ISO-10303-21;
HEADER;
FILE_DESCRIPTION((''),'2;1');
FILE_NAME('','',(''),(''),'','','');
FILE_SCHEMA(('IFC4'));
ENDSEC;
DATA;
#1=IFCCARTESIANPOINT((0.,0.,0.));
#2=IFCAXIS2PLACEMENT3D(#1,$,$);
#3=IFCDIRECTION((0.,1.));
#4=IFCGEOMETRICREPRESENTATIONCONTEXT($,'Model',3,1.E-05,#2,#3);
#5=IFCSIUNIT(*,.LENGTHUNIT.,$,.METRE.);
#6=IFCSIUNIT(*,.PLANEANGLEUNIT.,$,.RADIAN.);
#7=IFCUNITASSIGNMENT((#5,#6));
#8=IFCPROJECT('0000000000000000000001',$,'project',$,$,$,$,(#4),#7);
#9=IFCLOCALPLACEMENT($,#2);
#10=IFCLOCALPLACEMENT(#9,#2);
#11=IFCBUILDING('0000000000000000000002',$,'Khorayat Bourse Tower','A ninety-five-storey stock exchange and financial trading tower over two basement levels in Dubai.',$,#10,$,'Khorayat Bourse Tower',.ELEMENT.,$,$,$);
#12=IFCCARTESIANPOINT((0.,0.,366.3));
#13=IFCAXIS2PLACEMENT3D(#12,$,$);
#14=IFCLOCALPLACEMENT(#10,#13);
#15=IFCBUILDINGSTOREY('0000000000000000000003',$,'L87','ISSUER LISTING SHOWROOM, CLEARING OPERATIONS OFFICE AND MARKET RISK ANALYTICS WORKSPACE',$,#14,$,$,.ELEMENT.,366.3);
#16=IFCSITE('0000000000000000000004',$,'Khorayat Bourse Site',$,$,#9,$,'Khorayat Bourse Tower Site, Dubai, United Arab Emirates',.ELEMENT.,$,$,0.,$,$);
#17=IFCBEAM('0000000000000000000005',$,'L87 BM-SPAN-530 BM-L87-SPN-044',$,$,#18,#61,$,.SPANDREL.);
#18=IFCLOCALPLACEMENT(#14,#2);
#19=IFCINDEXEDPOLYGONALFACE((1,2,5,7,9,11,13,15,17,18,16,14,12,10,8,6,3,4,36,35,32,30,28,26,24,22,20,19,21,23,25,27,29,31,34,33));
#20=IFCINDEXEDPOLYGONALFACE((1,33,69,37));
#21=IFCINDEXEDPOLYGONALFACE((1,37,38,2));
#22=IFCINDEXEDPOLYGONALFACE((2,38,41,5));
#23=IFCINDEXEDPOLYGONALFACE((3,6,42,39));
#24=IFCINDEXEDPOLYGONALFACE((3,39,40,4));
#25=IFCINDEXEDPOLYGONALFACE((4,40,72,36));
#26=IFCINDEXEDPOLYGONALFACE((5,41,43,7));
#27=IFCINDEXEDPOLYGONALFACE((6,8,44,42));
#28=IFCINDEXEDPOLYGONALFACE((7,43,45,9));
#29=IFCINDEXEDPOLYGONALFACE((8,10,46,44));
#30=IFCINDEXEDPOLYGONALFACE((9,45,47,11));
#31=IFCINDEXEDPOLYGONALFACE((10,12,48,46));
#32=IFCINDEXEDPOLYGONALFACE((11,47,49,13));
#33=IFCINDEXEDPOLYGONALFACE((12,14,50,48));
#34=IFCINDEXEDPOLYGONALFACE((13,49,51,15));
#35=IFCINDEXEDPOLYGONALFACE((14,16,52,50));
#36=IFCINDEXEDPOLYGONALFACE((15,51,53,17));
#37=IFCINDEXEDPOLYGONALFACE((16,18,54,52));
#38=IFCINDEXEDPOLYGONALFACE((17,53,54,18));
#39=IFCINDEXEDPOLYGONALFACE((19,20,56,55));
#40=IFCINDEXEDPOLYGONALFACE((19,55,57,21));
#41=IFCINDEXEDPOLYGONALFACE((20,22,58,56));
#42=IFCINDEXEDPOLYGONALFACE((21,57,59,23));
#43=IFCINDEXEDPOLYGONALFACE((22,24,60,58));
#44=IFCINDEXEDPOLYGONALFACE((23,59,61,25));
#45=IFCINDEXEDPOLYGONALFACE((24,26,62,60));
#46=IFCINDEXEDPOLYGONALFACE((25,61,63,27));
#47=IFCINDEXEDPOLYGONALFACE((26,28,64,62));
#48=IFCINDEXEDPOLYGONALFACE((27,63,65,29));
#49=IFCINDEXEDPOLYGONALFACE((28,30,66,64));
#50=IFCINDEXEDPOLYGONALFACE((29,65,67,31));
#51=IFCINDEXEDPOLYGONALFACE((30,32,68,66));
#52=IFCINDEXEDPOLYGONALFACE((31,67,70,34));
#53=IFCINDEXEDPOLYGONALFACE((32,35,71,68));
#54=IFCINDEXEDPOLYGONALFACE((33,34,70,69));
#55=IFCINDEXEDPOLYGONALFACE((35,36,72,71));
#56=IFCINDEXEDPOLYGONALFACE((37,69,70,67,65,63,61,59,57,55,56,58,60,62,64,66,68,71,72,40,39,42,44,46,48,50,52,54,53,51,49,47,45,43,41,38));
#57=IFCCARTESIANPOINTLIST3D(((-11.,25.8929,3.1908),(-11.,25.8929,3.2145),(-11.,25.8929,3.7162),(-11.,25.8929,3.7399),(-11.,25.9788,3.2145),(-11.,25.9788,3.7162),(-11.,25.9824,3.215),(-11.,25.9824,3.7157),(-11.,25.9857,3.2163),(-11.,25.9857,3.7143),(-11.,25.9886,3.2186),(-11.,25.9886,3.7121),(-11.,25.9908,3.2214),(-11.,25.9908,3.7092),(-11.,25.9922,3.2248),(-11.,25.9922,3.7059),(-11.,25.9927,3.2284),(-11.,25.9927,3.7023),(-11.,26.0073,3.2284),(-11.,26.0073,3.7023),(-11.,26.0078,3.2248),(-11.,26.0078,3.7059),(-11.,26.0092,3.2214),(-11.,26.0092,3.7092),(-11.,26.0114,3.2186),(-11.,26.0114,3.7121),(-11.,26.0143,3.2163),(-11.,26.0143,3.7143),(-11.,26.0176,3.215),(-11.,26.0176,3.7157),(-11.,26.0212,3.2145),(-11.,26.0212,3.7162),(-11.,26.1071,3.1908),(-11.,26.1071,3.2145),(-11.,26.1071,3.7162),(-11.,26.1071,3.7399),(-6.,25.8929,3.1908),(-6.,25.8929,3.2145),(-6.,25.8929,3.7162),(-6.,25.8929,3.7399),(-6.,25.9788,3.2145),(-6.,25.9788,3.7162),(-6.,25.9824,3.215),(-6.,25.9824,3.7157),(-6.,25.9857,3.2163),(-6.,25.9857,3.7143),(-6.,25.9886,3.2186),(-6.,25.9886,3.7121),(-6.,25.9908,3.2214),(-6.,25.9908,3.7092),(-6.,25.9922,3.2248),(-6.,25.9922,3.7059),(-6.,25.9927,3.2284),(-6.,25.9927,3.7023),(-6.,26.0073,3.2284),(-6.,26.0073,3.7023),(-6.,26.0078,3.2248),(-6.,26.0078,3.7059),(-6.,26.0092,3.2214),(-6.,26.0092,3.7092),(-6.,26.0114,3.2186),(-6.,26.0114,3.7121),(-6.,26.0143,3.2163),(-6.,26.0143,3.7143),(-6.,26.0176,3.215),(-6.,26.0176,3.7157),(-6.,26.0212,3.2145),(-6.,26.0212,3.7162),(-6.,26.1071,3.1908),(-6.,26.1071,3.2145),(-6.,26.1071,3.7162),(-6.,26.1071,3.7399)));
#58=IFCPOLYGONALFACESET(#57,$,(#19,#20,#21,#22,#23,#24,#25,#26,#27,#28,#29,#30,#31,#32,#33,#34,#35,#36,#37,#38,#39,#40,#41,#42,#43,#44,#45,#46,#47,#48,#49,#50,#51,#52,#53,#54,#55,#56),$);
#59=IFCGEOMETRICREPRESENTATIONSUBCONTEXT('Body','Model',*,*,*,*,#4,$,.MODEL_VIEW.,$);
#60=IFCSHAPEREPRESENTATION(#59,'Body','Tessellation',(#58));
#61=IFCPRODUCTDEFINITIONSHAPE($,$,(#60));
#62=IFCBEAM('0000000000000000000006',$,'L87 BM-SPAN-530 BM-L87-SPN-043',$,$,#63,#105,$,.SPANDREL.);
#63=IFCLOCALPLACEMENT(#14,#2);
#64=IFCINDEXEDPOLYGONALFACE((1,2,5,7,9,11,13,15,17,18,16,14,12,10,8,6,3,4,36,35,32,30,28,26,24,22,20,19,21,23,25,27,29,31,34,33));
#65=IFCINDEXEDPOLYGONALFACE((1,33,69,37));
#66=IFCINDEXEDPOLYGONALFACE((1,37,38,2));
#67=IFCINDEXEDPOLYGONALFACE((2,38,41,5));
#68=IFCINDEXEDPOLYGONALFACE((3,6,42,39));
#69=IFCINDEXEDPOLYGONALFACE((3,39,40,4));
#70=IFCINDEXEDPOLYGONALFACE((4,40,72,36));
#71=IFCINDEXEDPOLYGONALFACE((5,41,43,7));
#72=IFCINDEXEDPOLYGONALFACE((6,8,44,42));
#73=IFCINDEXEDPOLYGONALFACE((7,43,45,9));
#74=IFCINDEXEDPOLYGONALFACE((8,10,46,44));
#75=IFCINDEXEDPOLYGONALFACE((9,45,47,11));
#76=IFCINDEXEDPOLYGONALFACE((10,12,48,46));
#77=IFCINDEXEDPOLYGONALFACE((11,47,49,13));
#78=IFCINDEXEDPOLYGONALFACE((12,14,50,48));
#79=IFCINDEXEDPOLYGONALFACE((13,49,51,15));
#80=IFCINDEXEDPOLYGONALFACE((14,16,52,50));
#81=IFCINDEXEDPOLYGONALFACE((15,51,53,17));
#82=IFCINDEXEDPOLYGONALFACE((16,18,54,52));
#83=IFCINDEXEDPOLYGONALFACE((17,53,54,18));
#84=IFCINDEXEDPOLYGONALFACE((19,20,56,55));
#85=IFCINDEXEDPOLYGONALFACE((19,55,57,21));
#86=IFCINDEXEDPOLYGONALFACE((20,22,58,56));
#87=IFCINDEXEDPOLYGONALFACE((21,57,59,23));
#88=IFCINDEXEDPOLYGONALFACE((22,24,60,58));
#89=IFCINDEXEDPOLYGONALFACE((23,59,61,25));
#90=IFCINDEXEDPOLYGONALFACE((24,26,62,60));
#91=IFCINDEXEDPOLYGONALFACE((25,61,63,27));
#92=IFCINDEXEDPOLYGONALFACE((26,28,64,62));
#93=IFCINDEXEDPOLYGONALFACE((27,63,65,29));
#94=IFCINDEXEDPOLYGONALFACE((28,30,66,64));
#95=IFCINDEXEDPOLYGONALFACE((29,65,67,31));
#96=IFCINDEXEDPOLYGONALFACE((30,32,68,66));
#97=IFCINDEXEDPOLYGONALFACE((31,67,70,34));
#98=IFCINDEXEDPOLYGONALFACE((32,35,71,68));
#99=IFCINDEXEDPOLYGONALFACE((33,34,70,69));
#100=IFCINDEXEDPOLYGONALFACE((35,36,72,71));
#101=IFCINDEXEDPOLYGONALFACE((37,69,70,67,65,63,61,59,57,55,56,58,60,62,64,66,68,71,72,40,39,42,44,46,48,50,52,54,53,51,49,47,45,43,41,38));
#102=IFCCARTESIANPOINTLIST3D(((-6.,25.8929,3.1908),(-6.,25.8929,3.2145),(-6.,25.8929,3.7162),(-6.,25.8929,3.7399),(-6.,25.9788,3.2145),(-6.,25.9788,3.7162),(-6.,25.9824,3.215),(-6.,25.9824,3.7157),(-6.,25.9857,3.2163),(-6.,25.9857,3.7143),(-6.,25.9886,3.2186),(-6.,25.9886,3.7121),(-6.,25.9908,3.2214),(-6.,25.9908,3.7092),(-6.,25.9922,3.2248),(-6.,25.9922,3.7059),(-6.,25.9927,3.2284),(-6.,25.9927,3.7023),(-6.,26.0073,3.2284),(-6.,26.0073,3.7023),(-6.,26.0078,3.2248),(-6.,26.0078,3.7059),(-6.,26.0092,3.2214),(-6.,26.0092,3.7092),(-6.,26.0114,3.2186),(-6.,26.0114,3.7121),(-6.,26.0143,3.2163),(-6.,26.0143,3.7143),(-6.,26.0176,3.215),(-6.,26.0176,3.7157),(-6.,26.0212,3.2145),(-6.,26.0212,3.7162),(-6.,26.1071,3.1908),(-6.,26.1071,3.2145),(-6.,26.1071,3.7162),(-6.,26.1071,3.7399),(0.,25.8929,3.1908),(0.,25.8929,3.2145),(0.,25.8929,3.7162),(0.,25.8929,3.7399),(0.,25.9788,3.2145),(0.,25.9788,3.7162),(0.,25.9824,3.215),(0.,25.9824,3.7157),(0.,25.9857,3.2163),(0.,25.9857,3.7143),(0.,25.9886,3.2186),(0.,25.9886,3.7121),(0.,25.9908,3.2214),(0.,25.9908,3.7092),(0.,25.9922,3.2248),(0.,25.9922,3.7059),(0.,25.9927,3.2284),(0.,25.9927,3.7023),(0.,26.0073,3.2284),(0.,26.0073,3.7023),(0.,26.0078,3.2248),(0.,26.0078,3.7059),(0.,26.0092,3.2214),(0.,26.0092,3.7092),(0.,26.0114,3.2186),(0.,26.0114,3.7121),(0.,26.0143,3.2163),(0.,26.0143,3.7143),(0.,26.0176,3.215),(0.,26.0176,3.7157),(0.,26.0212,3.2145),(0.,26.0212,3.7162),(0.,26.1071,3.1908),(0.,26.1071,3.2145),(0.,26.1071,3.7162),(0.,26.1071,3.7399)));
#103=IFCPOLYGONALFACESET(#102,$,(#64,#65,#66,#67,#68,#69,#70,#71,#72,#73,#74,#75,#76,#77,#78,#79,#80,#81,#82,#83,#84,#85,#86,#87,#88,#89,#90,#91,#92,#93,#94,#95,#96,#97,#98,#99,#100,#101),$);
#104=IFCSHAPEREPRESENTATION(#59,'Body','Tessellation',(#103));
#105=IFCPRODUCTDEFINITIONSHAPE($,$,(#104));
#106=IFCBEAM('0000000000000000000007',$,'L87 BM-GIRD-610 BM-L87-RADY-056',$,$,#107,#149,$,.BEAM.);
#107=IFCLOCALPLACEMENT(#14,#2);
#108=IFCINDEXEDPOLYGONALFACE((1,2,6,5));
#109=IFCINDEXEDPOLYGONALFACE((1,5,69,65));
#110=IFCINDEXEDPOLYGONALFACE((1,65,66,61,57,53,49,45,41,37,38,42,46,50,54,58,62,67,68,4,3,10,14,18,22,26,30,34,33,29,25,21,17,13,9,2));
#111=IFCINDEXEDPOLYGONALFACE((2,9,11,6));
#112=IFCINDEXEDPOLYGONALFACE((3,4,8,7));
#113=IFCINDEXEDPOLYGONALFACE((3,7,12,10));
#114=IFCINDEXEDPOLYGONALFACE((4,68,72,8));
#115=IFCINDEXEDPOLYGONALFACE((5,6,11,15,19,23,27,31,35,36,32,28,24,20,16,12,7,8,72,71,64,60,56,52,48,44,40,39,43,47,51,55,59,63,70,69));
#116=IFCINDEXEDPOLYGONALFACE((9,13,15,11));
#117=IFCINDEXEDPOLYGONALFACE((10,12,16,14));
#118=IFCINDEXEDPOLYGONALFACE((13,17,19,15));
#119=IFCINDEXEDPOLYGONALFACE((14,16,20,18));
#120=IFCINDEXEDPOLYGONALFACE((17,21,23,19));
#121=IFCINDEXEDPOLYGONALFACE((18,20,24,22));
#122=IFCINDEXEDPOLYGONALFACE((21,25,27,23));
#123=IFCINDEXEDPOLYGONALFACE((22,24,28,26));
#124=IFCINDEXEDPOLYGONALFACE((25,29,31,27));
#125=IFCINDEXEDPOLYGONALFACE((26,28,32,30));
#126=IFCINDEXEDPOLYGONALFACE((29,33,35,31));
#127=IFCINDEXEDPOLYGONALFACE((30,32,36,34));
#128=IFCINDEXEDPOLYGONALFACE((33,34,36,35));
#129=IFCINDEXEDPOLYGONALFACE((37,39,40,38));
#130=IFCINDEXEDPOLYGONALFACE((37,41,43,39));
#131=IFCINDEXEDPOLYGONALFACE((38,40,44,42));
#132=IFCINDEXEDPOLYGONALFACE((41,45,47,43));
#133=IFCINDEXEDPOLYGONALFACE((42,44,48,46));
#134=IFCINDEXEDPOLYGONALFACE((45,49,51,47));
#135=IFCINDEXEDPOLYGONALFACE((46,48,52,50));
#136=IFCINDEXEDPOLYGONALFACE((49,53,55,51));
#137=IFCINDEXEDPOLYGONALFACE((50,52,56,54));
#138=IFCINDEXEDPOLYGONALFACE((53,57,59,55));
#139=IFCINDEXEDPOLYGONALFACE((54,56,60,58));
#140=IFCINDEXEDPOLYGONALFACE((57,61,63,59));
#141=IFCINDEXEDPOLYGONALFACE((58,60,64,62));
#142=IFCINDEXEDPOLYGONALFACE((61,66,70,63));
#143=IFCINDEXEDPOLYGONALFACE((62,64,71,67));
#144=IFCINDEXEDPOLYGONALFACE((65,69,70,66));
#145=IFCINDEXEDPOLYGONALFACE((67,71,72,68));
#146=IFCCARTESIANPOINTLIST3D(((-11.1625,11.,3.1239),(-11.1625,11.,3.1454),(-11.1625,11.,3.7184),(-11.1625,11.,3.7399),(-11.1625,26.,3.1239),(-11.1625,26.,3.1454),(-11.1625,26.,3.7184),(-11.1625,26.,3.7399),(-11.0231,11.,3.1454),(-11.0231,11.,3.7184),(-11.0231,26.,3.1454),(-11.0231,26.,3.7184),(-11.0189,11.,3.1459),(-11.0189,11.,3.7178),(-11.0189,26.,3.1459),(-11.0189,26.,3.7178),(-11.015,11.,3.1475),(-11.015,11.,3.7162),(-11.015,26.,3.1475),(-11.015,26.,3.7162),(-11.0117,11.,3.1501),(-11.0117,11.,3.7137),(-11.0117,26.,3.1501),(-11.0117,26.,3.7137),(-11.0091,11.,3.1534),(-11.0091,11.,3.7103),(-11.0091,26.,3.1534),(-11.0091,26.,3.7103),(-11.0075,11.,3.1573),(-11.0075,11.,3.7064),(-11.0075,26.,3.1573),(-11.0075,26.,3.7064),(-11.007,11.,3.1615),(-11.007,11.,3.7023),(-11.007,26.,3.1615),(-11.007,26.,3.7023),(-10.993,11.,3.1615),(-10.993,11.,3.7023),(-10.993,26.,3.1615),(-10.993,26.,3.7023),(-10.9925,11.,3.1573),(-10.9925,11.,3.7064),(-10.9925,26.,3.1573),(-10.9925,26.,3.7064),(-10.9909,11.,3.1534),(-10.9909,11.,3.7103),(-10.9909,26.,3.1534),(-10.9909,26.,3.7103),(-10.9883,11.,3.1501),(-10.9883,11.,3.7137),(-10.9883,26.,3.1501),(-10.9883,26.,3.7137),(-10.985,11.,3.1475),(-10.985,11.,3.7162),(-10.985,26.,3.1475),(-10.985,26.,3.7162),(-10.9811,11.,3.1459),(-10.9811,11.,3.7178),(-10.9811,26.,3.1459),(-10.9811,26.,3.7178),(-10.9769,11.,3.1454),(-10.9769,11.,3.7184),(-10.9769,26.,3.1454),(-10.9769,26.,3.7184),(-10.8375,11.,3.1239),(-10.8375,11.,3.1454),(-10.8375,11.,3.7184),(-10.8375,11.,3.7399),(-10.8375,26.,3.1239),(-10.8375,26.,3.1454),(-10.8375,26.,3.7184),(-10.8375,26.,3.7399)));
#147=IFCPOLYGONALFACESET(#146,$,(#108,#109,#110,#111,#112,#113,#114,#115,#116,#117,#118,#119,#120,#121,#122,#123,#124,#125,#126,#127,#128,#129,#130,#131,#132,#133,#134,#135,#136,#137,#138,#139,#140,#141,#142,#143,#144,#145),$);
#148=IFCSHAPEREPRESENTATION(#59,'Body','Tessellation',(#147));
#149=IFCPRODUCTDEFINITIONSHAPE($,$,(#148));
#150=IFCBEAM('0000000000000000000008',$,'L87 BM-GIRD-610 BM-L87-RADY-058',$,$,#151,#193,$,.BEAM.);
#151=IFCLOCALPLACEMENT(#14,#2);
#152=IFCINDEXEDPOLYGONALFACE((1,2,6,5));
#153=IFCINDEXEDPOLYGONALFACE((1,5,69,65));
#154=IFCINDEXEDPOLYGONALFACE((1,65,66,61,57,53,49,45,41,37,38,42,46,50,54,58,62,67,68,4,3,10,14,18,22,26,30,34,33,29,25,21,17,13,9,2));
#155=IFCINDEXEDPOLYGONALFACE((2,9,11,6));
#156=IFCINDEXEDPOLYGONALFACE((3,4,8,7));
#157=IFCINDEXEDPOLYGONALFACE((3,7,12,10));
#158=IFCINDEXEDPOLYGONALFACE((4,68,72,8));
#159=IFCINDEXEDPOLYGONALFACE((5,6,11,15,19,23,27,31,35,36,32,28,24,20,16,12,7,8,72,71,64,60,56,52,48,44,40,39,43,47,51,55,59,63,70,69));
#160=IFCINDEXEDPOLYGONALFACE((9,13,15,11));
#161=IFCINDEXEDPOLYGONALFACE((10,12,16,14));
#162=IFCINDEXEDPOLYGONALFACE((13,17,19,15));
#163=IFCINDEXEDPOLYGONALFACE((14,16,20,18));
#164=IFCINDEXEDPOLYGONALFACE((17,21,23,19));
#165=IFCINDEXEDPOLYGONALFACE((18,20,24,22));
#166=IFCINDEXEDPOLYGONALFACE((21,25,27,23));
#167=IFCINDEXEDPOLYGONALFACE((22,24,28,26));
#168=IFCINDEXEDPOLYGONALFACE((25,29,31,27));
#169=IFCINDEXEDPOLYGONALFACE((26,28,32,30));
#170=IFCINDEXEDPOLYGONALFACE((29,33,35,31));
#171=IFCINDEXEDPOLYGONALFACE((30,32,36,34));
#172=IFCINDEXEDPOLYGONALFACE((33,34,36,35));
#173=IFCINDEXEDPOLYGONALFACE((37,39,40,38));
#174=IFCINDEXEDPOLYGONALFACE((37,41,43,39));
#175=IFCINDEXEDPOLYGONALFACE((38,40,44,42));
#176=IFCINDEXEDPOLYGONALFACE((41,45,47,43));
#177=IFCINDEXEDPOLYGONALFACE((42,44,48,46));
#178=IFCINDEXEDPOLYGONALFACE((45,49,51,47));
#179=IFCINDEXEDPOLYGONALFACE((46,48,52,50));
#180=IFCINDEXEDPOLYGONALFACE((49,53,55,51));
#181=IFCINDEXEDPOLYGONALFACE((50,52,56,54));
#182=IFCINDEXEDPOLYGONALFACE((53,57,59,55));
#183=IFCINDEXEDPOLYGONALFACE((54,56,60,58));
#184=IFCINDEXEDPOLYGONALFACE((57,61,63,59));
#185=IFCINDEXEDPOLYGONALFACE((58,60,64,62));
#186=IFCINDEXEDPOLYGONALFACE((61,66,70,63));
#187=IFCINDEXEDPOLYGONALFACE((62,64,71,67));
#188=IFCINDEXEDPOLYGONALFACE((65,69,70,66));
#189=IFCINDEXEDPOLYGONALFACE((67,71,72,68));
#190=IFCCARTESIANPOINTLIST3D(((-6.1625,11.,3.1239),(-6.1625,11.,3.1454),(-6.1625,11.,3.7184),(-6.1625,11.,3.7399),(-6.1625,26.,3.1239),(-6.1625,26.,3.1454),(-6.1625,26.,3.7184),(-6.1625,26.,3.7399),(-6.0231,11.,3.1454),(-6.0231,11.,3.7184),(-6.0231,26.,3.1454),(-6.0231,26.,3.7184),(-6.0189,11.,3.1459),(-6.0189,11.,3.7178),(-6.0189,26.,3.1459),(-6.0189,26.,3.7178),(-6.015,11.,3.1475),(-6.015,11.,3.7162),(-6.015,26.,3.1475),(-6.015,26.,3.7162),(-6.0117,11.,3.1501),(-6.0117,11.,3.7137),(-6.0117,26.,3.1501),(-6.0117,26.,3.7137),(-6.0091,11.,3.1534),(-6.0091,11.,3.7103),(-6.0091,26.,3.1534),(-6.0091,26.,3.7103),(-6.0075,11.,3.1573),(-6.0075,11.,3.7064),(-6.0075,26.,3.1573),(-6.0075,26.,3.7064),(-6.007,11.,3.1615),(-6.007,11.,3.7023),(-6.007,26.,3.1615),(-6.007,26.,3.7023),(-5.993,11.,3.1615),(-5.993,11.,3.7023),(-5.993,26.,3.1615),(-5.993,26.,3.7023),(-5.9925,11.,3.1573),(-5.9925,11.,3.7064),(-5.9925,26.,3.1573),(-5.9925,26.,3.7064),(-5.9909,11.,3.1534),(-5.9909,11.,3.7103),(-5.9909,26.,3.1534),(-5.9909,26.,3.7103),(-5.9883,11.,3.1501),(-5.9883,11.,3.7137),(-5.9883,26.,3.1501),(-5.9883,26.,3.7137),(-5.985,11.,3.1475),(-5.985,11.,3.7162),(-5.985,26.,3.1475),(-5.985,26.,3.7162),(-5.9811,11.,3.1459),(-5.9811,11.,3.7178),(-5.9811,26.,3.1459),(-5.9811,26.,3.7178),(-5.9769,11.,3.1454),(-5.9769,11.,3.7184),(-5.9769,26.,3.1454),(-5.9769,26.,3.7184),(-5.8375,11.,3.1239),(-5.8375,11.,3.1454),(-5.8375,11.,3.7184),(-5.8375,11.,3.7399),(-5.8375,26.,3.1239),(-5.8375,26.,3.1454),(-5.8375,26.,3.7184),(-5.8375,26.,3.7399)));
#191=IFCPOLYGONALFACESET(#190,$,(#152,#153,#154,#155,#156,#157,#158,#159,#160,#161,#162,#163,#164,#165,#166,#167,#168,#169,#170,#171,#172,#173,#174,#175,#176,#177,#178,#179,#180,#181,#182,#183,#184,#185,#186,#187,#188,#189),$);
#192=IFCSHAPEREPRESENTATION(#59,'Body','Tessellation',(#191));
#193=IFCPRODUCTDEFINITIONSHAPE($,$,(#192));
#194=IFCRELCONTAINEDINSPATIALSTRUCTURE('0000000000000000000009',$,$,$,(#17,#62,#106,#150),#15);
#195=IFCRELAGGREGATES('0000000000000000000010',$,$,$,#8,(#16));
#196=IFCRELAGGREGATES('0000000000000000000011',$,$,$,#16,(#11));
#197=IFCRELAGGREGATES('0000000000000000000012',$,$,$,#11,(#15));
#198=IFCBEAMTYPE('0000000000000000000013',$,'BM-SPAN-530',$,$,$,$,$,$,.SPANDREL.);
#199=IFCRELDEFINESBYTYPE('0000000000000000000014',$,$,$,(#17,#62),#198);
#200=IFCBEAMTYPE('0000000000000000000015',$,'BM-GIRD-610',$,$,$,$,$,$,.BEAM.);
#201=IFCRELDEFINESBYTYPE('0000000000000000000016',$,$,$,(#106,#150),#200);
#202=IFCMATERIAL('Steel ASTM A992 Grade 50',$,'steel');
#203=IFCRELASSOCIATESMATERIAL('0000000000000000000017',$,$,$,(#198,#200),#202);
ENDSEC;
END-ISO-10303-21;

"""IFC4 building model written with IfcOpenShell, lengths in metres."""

from ifc_helpers import new_model, si_unit, direction, frame, origin, origin_2d, place, context, subcontext, project, spatial, i_section, extrude, source, transform, mapped, material, material_profile, profile_set, type_object, element, save


model = new_model("IFC4")

# Units and contexts
model_context = context("Model", 3, precision=1e-05, world=origin(), true_north=direction((0.0, 1.0)))
body_context = subcontext(model_context, "Body", "Model", "MODEL_VIEW")
ifc_project = project(units=[si_unit("LENGTHUNIT", "METRE"), si_unit("PLANEANGLEUNIT", "RADIAN")], contexts=[model_context])

# Site, building, storey
site_placement = place(None, origin())
site = spatial("IfcSite", under=ifc_project, at=site_placement, Name="Khorayat Bourse Site", LongName="Khorayat Bourse Tower Site, Dubai, United Arab Emirates", CompositionType="ELEMENT", RefElevation=0.0)
building_placement = place(site_placement, origin())
building = spatial("IfcBuilding", under=site, at=building_placement, Name="Khorayat Bourse Tower", Description="A ninety-five-storey stock exchange and financial trading tower over two basement levels in Dubai.", LongName="Khorayat Bourse Tower", CompositionType="ELEMENT")
storey_placement = place(building_placement, frame((0.0, 0.0, 366.3)))
storey = spatial("IfcBuildingStorey", under=building, at=storey_placement, Name="L87", Description="ISSUER LISTING SHOWROOM, CLEARING OPERATIONS OFFICE AND MARKET RISK ANALYTICS WORKSPACE", CompositionType="ELEMENT", Elevation=366.3)

# Beams
ifc_material_1 = material(Name="Steel ASTM A992 Grade 50", Category="steel")
ifc_material_profile_1 = material_profile(ifc_material_1, i_section(OverallWidth=0.2141, OverallDepth=0.5491, WebThickness=0.0146, FlangeThickness=0.0237, FilletRadius=0.0139, at=origin_2d()), Name="W530X138")
ifc_profile_set_1 = profile_set([ifc_material_profile_1], Name="Steel ASTM A992 Grade 50")
beam_type_1 = type_object("IfcBeamType", Name="BM-SPAN-530", PredefinedType="SPANDREL", material=ifc_profile_set_1)
shared_shape_1 = source(origin(), body_context, "Body", "SweptSolid", [
    extrude(i_section(OverallWidth=0.2141, OverallDepth=0.5491, WebThickness=0.0146, FlangeThickness=0.0237, FilletRadius=0.0139, at=origin_2d()), origin(), (0.0, 0.0, 1.0), 5.0),
])
beam_1_placement = place(storey_placement, frame((-11.0, 26.0, 3.4653), z_axis=(1.0, 0.0, 0.0), x_axis=(0.0, 1.0, 0.0)))
element("IfcBeam", 1, at=beam_1_placement, inside=storey, type_object=beam_type_1, Name="L87 BM-SPAN-530 BM-L87-SPN-044", PredefinedType="SPANDREL", context=body_context, shape_type="MappedRepresentation", body=[
    mapped(shared_shape_1, transform((0.0, 0.0, 0.0), scale=1.0)),
])
shared_shape_2 = source(origin(), body_context, "Body", "SweptSolid", [
    extrude(i_section(OverallWidth=0.2141, OverallDepth=0.5491, WebThickness=0.0146, FlangeThickness=0.0237, FilletRadius=0.0139, at=origin_2d()), origin(), (0.0, 0.0, 1.0), 6.0),
])
beam_2_placement = place(storey_placement, frame((-6.0, 26.0, 3.4653), z_axis=(1.0, 0.0, 0.0), x_axis=(0.0, 1.0, 0.0)))
element("IfcBeam", 2, at=beam_2_placement, inside=storey, type_object=beam_type_1, Name="L87 BM-SPAN-530 BM-L87-SPN-043", PredefinedType="SPANDREL", context=body_context, shape_type="MappedRepresentation", body=[
    mapped(shared_shape_2, transform((0.0, 0.0, 0.0), scale=1.0)),
])
ifc_material_profile_2 = material_profile(ifc_material_1, i_section(OverallWidth=0.325, OverallDepth=0.616, WebThickness=0.0139, FlangeThickness=0.0215, FilletRadius=0.0161, at=origin_2d()), Name="W610X174")
ifc_profile_set_2 = profile_set([ifc_material_profile_2], Name="Steel ASTM A992 Grade 50")
beam_type_2 = type_object("IfcBeamType", Name="BM-GIRD-610", PredefinedType="BEAM", material=ifc_profile_set_2)
shared_shape_3 = source(origin(), body_context, "Body", "SweptSolid", [
    extrude(i_section(OverallWidth=0.325, OverallDepth=0.616, WebThickness=0.0139, FlangeThickness=0.0215, FilletRadius=0.0161, at=origin_2d()), origin(), (0.0, 0.0, 1.0), 15.0),
])
for number, where, z_axis, x_axis, name in (
    (3, (-11.0, 11.0, 3.4319), (0.0, 1.0, 0.0), (-1.0, 0.0, 0.0), "L87 BM-GIRD-610 BM-L87-RADY-056"),
    (4, (-6.0, 11.0, 3.4319), (0.0, 1.0, 0.0), (-1.0, 0.0, 0.0), "L87 BM-GIRD-610 BM-L87-RADY-058"),
):
    element("IfcBeam", number, at=place(storey_placement, frame(where, z_axis=z_axis, x_axis=x_axis)), inside=storey, type_object=beam_type_2, Name=name, PredefinedType="BEAM", context=body_context, shape_type="MappedRepresentation", body=[
        mapped(shared_shape_3, transform((0.0, 0.0, 0.0), scale=1.0)),
    ])

save(model, "model.ifc")
